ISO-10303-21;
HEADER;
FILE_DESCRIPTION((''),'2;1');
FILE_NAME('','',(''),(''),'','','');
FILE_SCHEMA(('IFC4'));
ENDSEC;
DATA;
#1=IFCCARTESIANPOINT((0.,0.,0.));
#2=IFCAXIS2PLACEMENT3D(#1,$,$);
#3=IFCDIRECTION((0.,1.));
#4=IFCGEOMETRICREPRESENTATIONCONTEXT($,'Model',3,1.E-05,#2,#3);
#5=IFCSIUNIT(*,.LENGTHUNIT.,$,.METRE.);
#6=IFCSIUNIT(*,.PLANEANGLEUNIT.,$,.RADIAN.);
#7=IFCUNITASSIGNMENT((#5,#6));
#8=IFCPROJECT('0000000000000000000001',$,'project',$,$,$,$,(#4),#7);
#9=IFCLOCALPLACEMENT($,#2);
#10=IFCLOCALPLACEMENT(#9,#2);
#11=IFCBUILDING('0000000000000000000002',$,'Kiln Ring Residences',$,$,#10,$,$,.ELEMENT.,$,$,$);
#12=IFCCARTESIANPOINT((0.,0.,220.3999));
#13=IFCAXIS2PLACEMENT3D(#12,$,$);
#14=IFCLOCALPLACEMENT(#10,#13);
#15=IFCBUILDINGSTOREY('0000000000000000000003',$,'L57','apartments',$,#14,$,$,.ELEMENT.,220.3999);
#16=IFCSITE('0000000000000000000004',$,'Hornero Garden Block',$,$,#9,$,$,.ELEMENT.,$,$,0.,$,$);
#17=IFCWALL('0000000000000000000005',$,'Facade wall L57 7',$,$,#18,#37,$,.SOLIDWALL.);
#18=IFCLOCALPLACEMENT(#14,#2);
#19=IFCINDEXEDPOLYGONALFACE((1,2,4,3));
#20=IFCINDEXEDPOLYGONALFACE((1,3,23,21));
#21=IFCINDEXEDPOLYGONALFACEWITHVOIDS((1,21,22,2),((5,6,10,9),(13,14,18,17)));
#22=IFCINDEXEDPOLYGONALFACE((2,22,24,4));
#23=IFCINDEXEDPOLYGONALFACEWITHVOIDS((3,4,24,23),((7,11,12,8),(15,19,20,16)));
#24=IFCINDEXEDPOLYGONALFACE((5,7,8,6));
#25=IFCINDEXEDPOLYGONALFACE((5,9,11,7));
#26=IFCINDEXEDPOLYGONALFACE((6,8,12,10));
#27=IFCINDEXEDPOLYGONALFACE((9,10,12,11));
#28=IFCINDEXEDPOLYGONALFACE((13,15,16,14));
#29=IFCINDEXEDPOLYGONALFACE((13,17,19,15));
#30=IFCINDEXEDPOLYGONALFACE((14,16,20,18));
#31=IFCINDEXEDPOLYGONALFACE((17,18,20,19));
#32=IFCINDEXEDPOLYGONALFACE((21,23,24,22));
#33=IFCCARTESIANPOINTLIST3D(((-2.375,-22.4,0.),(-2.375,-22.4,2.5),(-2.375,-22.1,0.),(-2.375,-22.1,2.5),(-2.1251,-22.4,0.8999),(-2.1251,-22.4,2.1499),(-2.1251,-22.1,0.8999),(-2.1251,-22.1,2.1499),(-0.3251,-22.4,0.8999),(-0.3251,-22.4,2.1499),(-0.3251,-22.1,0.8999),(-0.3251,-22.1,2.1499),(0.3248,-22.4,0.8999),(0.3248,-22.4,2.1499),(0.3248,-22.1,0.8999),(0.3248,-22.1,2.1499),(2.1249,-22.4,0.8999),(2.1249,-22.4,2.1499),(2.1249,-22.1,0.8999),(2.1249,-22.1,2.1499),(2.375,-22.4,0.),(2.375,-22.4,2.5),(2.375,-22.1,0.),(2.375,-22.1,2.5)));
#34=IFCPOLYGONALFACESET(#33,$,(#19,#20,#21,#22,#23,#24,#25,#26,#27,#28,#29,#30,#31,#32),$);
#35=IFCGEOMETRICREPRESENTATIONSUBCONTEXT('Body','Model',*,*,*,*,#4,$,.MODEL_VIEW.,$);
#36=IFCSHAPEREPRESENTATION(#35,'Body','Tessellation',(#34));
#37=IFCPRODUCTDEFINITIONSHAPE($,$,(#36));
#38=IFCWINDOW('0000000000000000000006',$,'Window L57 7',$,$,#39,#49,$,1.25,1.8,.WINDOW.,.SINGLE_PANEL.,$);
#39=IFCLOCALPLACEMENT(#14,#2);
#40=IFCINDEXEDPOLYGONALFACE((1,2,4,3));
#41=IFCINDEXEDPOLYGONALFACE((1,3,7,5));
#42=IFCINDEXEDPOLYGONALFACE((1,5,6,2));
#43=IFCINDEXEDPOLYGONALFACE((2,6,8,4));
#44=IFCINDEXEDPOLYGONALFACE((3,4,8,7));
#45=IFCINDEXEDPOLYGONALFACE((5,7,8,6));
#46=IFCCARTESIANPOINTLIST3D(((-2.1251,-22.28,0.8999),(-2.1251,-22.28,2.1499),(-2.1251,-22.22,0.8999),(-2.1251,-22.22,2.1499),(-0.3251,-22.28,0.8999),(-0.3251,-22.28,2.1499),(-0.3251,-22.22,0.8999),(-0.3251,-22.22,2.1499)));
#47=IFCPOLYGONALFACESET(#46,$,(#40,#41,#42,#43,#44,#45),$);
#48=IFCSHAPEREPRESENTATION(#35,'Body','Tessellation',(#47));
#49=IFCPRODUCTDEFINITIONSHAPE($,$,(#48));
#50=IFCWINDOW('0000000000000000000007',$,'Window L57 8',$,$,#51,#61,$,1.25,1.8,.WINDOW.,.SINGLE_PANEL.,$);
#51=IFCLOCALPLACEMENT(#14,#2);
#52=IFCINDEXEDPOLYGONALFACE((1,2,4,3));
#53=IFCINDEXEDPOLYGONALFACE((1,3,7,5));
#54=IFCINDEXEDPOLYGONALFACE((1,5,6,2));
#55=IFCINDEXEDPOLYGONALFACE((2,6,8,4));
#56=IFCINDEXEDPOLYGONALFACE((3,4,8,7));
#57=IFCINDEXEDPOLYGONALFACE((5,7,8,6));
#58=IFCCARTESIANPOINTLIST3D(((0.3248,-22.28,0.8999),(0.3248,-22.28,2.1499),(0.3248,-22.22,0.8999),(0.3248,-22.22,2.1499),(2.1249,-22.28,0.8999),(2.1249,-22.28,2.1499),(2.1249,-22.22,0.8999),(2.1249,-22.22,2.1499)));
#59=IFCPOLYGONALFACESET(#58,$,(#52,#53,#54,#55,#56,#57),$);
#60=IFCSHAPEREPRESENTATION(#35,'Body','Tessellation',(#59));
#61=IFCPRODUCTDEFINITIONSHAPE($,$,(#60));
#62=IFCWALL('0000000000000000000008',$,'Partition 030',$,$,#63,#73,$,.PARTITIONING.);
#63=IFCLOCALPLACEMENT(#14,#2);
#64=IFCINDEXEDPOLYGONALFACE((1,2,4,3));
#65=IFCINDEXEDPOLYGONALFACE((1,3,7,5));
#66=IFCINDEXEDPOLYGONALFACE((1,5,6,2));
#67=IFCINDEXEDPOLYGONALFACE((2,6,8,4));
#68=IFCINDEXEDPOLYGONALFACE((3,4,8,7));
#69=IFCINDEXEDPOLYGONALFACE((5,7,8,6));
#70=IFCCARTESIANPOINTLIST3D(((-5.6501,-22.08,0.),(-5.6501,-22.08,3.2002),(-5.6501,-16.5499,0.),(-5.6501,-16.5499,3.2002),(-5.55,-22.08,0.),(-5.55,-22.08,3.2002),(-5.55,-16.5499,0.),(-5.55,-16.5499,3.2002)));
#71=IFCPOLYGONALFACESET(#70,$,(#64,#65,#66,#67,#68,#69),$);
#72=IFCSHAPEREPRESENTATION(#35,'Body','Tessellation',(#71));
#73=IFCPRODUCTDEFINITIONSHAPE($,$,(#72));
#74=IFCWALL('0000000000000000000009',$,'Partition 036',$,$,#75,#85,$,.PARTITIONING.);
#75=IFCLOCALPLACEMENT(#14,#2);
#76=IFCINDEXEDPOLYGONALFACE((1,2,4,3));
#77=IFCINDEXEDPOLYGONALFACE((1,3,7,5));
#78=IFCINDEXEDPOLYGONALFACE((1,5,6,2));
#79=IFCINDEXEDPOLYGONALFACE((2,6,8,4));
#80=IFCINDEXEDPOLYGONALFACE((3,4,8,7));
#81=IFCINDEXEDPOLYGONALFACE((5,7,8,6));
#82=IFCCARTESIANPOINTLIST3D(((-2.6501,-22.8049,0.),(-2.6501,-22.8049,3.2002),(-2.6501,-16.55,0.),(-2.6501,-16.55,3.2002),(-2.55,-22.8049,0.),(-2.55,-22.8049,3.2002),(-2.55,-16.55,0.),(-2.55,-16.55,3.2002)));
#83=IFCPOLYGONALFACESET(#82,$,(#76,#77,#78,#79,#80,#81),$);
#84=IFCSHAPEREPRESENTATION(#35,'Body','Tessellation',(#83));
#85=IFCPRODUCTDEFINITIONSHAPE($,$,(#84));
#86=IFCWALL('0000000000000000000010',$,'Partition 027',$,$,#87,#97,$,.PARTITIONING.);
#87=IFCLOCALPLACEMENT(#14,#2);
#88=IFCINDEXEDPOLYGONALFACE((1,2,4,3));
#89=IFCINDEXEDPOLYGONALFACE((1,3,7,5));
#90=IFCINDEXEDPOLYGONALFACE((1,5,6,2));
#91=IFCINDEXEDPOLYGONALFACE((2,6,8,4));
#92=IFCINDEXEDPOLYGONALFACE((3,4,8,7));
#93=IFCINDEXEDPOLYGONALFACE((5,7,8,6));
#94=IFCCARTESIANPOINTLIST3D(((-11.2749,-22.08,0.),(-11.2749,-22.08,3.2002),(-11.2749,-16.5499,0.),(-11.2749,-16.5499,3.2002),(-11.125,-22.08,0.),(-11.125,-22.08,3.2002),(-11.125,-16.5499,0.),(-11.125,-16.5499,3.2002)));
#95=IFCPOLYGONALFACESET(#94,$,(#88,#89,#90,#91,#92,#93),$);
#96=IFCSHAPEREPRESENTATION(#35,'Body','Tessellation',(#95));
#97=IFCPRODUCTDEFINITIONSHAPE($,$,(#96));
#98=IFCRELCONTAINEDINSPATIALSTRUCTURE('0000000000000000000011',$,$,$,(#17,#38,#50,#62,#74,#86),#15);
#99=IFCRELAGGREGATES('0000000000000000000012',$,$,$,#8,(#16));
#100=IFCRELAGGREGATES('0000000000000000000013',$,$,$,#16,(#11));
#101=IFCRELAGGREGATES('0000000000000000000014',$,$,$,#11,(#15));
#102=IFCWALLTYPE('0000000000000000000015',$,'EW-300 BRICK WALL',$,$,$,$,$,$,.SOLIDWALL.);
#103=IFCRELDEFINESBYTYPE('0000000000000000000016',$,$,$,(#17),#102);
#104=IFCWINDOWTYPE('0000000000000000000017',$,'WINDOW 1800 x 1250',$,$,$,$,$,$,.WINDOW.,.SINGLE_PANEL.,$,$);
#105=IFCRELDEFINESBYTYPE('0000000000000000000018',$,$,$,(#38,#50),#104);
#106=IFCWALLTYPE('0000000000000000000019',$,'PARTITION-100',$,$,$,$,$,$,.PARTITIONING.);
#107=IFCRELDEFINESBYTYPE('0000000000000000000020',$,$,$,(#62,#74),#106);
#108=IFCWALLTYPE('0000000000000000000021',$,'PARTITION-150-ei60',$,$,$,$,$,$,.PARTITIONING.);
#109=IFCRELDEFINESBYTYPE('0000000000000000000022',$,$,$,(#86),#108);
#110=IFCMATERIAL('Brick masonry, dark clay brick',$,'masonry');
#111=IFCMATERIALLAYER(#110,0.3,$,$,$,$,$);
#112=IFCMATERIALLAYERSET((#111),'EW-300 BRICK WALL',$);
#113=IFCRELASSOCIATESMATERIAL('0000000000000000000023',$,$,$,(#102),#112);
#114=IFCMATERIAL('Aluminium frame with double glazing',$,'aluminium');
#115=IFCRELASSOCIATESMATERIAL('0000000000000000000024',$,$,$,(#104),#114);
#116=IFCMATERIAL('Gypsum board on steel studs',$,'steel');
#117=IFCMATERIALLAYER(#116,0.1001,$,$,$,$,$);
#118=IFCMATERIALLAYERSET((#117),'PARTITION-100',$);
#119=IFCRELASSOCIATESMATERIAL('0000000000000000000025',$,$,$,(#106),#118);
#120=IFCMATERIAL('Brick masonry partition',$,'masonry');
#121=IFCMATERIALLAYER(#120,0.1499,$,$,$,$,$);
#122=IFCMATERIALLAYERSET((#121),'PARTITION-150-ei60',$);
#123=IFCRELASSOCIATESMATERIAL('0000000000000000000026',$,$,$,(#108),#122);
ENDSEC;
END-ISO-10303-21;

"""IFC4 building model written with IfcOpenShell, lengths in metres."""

from ifc_helpers import new_model, si_unit, direction, frame, frame_2d, origin, place, context, subcontext, project, spatial, rectangle, extrude, material, layer, layer_set, type_object, element, fill, save


model = new_model("IFC4")

# Units and contexts
model_context = context("Model", 3, precision=1e-05, world=origin(), true_north=direction((0.0, 1.0)))
body_context = subcontext(model_context, "Body", "Model", "MODEL_VIEW")
ifc_project = project(units=[si_unit("LENGTHUNIT", "METRE"), si_unit("PLANEANGLEUNIT", "RADIAN")], contexts=[model_context])

# Site, building, storey
site_placement = place(None, origin())
site = spatial("IfcSite", under=ifc_project, at=site_placement, Name="Hornero Garden Block", CompositionType="ELEMENT", RefElevation=0.0)
building_placement = place(site_placement, origin())
building = spatial("IfcBuilding", under=site, at=building_placement, Name="Kiln Ring Residences", CompositionType="ELEMENT")
storey_placement = place(building_placement, frame((0.0, 0.0, 220.3999)))
storey = spatial("IfcBuildingStorey", under=building, at=storey_placement, Name="L57", Description="apartments", CompositionType="ELEMENT", Elevation=220.3999)

# Wall, openings, windows
ifc_material_1 = material(Name="Brick masonry, dark clay brick", Category="masonry")
ifc_layer_1 = layer(ifc_material_1, 0.3)
ifc_layer_set_1 = layer_set([ifc_layer_1], Name="EW-300 BRICK WALL")
wall_type_1 = type_object("IfcWallType", Name="EW-300 BRICK WALL", PredefinedType="SOLIDWALL", material=ifc_layer_set_1)
ifc_material_2 = material(Name="Aluminium frame with double glazing", Category="aluminium")
window_type_1 = type_object("IfcWindowType", Name="WINDOW 1800 x 1250", PartitioningType="SINGLE_PANEL", PredefinedType="WINDOW", material=ifc_material_2)
wall_1_placement = place(storey_placement, frame((-2.375, -22.25, 0.0), z_axis=(0.0, 0.0, 1.0), x_axis=(1.0, 0.0, 0.0)))
wall_1 = element("IfcWall", 1, at=wall_1_placement, inside=storey, type_object=wall_type_1, Name="Facade wall L57 7", PredefinedType="SOLIDWALL", context=body_context, shape_type="SweptSolid", body=[
    extrude(rectangle(XDim=4.75, YDim=0.3, at=frame_2d((2.375, 0.0))), origin(), (0.0, 0.0, 1.0), 2.5),
])
opening_1_placement = place(wall_1_placement, frame((0.25, 0.0, 0.8999)))
opening_1 = element("IfcOpeningElement", 2, at=opening_1_placement, cuts=wall_1, PredefinedType="OPENING", context=body_context, shape_type="SweptSolid", body=[
    extrude(rectangle(XDim=1.8, YDim=1.25, at=frame_2d((0.8999, 0.625))), frame((0.0, 0.1599, 0.0), z_axis=(0.0, -1.0, 0.0), x_axis=(1.0, 0.0, 0.0)), (0.0, 0.0, 1.0), 0.3201),
])
opening_2_placement = place(wall_1_placement, frame((2.7, 0.0, 0.8999)))
opening_2 = element("IfcOpeningElement", 3, at=opening_2_placement, cuts=wall_1, PredefinedType="OPENING", context=body_context, shape_type="SweptSolid", body=[
    extrude(rectangle(XDim=1.8, YDim=1.25, at=frame_2d((0.8999, 0.625))), frame((0.0, 0.1599, 0.0), z_axis=(0.0, -1.0, 0.0), x_axis=(1.0, 0.0, 0.0)), (0.0, 0.0, 1.0), 0.3201),
])
window_1_placement = place(opening_1_placement, origin())
window_1 = element("IfcWindow", 4, at=window_1_placement, inside=storey, type_object=window_type_1, Name="Window L57 7", OverallHeight=1.25, OverallWidth=1.8, PartitioningType="SINGLE_PANEL", PredefinedType="WINDOW", context=body_context, shape_type="SweptSolid", body=[
    extrude(rectangle(XDim=1.8, YDim=1.25, at=frame_2d((0.8999, 0.625))), frame((0.0, 0.03, 0.0), z_axis=(0.0, -1.0, 0.0), x_axis=(1.0, 0.0, 0.0)), (0.0, 0.0, 1.0), 0.0601),
])
fill(opening_1, window_1)
window_2_placement = place(opening_2_placement, origin())
window_2 = element("IfcWindow", 5, at=window_2_placement, inside=storey, type_object=window_type_1, Name="Window L57 8", OverallHeight=1.25, OverallWidth=1.8, PartitioningType="SINGLE_PANEL", PredefinedType="WINDOW", context=body_context, shape_type="SweptSolid", body=[
    extrude(rectangle(XDim=1.8, YDim=1.25, at=frame_2d((0.8999, 0.625))), frame((0.0, 0.03, 0.0), z_axis=(0.0, -1.0, 0.0), x_axis=(1.0, 0.0, 0.0)), (0.0, 0.0, 1.0), 0.0601),
])
fill(opening_2, window_2)

# Walls
ifc_material_3 = material(Name="Gypsum board on steel studs", Category="steel")
ifc_layer_2 = layer(ifc_material_3, 0.1001)
ifc_layer_set_2 = layer_set([ifc_layer_2], Name="PARTITION-100")
wall_type_2 = type_object("IfcWallType", Name="PARTITION-100", PredefinedType="PARTITIONING", material=ifc_layer_set_2)
wall_2_placement = place(storey_placement, frame((-5.6001, -22.0801, 0.0), z_axis=(0.0, 0.0, 1.0), x_axis=(0.0, 1.0, 0.0)))
element("IfcWall", 6, at=wall_2_placement, inside=storey, type_object=wall_type_2, Name="Partition 030", PredefinedType="PARTITIONING", context=body_context, shape_type="SweptSolid", body=[
    extrude(rectangle(XDim=5.53, YDim=0.1001, at=frame_2d((2.7651, 0.0))), origin(), (0.0, 0.0, 1.0), 3.2002),
])
wall_3_placement = place(storey_placement, frame((-2.6001, -22.8049, 0.0), z_axis=(0.0, 0.0, 1.0), x_axis=(0.0, 1.0, 0.0)))
element("IfcWall", 7, at=wall_3_placement, inside=storey, type_object=wall_type_2, Name="Partition 036", PredefinedType="PARTITIONING", context=body_context, shape_type="SweptSolid", body=[
    extrude(rectangle(XDim=6.2549, YDim=0.1001, at=frame_2d((3.1274, 0.0))), origin(), (0.0, 0.0, 1.0), 3.2002),
])
ifc_material_4 = material(Name="Brick masonry partition", Category="masonry")
ifc_layer_3 = layer(ifc_material_4, 0.1499)
ifc_layer_set_3 = layer_set([ifc_layer_3], Name="PARTITION-150-ei60")
wall_type_3 = type_object("IfcWallType", Name="PARTITION-150-ei60", PredefinedType="PARTITIONING", material=ifc_layer_set_3)
wall_4_placement = place(storey_placement, frame((-11.2, -22.0801, 0.0), z_axis=(0.0, 0.0, 1.0), x_axis=(0.0, 1.0, 0.0)))
element("IfcWall", 8, at=wall_4_placement, inside=storey, type_object=wall_type_3, Name="Partition 027", PredefinedType="PARTITIONING", context=body_context, shape_type="SweptSolid", body=[
    extrude(rectangle(XDim=5.53, YDim=0.1499, at=frame_2d((2.7651, 0.0))), origin(), (0.0, 0.0, 1.0), 3.2002),
])

save(model, "model.ifc")
